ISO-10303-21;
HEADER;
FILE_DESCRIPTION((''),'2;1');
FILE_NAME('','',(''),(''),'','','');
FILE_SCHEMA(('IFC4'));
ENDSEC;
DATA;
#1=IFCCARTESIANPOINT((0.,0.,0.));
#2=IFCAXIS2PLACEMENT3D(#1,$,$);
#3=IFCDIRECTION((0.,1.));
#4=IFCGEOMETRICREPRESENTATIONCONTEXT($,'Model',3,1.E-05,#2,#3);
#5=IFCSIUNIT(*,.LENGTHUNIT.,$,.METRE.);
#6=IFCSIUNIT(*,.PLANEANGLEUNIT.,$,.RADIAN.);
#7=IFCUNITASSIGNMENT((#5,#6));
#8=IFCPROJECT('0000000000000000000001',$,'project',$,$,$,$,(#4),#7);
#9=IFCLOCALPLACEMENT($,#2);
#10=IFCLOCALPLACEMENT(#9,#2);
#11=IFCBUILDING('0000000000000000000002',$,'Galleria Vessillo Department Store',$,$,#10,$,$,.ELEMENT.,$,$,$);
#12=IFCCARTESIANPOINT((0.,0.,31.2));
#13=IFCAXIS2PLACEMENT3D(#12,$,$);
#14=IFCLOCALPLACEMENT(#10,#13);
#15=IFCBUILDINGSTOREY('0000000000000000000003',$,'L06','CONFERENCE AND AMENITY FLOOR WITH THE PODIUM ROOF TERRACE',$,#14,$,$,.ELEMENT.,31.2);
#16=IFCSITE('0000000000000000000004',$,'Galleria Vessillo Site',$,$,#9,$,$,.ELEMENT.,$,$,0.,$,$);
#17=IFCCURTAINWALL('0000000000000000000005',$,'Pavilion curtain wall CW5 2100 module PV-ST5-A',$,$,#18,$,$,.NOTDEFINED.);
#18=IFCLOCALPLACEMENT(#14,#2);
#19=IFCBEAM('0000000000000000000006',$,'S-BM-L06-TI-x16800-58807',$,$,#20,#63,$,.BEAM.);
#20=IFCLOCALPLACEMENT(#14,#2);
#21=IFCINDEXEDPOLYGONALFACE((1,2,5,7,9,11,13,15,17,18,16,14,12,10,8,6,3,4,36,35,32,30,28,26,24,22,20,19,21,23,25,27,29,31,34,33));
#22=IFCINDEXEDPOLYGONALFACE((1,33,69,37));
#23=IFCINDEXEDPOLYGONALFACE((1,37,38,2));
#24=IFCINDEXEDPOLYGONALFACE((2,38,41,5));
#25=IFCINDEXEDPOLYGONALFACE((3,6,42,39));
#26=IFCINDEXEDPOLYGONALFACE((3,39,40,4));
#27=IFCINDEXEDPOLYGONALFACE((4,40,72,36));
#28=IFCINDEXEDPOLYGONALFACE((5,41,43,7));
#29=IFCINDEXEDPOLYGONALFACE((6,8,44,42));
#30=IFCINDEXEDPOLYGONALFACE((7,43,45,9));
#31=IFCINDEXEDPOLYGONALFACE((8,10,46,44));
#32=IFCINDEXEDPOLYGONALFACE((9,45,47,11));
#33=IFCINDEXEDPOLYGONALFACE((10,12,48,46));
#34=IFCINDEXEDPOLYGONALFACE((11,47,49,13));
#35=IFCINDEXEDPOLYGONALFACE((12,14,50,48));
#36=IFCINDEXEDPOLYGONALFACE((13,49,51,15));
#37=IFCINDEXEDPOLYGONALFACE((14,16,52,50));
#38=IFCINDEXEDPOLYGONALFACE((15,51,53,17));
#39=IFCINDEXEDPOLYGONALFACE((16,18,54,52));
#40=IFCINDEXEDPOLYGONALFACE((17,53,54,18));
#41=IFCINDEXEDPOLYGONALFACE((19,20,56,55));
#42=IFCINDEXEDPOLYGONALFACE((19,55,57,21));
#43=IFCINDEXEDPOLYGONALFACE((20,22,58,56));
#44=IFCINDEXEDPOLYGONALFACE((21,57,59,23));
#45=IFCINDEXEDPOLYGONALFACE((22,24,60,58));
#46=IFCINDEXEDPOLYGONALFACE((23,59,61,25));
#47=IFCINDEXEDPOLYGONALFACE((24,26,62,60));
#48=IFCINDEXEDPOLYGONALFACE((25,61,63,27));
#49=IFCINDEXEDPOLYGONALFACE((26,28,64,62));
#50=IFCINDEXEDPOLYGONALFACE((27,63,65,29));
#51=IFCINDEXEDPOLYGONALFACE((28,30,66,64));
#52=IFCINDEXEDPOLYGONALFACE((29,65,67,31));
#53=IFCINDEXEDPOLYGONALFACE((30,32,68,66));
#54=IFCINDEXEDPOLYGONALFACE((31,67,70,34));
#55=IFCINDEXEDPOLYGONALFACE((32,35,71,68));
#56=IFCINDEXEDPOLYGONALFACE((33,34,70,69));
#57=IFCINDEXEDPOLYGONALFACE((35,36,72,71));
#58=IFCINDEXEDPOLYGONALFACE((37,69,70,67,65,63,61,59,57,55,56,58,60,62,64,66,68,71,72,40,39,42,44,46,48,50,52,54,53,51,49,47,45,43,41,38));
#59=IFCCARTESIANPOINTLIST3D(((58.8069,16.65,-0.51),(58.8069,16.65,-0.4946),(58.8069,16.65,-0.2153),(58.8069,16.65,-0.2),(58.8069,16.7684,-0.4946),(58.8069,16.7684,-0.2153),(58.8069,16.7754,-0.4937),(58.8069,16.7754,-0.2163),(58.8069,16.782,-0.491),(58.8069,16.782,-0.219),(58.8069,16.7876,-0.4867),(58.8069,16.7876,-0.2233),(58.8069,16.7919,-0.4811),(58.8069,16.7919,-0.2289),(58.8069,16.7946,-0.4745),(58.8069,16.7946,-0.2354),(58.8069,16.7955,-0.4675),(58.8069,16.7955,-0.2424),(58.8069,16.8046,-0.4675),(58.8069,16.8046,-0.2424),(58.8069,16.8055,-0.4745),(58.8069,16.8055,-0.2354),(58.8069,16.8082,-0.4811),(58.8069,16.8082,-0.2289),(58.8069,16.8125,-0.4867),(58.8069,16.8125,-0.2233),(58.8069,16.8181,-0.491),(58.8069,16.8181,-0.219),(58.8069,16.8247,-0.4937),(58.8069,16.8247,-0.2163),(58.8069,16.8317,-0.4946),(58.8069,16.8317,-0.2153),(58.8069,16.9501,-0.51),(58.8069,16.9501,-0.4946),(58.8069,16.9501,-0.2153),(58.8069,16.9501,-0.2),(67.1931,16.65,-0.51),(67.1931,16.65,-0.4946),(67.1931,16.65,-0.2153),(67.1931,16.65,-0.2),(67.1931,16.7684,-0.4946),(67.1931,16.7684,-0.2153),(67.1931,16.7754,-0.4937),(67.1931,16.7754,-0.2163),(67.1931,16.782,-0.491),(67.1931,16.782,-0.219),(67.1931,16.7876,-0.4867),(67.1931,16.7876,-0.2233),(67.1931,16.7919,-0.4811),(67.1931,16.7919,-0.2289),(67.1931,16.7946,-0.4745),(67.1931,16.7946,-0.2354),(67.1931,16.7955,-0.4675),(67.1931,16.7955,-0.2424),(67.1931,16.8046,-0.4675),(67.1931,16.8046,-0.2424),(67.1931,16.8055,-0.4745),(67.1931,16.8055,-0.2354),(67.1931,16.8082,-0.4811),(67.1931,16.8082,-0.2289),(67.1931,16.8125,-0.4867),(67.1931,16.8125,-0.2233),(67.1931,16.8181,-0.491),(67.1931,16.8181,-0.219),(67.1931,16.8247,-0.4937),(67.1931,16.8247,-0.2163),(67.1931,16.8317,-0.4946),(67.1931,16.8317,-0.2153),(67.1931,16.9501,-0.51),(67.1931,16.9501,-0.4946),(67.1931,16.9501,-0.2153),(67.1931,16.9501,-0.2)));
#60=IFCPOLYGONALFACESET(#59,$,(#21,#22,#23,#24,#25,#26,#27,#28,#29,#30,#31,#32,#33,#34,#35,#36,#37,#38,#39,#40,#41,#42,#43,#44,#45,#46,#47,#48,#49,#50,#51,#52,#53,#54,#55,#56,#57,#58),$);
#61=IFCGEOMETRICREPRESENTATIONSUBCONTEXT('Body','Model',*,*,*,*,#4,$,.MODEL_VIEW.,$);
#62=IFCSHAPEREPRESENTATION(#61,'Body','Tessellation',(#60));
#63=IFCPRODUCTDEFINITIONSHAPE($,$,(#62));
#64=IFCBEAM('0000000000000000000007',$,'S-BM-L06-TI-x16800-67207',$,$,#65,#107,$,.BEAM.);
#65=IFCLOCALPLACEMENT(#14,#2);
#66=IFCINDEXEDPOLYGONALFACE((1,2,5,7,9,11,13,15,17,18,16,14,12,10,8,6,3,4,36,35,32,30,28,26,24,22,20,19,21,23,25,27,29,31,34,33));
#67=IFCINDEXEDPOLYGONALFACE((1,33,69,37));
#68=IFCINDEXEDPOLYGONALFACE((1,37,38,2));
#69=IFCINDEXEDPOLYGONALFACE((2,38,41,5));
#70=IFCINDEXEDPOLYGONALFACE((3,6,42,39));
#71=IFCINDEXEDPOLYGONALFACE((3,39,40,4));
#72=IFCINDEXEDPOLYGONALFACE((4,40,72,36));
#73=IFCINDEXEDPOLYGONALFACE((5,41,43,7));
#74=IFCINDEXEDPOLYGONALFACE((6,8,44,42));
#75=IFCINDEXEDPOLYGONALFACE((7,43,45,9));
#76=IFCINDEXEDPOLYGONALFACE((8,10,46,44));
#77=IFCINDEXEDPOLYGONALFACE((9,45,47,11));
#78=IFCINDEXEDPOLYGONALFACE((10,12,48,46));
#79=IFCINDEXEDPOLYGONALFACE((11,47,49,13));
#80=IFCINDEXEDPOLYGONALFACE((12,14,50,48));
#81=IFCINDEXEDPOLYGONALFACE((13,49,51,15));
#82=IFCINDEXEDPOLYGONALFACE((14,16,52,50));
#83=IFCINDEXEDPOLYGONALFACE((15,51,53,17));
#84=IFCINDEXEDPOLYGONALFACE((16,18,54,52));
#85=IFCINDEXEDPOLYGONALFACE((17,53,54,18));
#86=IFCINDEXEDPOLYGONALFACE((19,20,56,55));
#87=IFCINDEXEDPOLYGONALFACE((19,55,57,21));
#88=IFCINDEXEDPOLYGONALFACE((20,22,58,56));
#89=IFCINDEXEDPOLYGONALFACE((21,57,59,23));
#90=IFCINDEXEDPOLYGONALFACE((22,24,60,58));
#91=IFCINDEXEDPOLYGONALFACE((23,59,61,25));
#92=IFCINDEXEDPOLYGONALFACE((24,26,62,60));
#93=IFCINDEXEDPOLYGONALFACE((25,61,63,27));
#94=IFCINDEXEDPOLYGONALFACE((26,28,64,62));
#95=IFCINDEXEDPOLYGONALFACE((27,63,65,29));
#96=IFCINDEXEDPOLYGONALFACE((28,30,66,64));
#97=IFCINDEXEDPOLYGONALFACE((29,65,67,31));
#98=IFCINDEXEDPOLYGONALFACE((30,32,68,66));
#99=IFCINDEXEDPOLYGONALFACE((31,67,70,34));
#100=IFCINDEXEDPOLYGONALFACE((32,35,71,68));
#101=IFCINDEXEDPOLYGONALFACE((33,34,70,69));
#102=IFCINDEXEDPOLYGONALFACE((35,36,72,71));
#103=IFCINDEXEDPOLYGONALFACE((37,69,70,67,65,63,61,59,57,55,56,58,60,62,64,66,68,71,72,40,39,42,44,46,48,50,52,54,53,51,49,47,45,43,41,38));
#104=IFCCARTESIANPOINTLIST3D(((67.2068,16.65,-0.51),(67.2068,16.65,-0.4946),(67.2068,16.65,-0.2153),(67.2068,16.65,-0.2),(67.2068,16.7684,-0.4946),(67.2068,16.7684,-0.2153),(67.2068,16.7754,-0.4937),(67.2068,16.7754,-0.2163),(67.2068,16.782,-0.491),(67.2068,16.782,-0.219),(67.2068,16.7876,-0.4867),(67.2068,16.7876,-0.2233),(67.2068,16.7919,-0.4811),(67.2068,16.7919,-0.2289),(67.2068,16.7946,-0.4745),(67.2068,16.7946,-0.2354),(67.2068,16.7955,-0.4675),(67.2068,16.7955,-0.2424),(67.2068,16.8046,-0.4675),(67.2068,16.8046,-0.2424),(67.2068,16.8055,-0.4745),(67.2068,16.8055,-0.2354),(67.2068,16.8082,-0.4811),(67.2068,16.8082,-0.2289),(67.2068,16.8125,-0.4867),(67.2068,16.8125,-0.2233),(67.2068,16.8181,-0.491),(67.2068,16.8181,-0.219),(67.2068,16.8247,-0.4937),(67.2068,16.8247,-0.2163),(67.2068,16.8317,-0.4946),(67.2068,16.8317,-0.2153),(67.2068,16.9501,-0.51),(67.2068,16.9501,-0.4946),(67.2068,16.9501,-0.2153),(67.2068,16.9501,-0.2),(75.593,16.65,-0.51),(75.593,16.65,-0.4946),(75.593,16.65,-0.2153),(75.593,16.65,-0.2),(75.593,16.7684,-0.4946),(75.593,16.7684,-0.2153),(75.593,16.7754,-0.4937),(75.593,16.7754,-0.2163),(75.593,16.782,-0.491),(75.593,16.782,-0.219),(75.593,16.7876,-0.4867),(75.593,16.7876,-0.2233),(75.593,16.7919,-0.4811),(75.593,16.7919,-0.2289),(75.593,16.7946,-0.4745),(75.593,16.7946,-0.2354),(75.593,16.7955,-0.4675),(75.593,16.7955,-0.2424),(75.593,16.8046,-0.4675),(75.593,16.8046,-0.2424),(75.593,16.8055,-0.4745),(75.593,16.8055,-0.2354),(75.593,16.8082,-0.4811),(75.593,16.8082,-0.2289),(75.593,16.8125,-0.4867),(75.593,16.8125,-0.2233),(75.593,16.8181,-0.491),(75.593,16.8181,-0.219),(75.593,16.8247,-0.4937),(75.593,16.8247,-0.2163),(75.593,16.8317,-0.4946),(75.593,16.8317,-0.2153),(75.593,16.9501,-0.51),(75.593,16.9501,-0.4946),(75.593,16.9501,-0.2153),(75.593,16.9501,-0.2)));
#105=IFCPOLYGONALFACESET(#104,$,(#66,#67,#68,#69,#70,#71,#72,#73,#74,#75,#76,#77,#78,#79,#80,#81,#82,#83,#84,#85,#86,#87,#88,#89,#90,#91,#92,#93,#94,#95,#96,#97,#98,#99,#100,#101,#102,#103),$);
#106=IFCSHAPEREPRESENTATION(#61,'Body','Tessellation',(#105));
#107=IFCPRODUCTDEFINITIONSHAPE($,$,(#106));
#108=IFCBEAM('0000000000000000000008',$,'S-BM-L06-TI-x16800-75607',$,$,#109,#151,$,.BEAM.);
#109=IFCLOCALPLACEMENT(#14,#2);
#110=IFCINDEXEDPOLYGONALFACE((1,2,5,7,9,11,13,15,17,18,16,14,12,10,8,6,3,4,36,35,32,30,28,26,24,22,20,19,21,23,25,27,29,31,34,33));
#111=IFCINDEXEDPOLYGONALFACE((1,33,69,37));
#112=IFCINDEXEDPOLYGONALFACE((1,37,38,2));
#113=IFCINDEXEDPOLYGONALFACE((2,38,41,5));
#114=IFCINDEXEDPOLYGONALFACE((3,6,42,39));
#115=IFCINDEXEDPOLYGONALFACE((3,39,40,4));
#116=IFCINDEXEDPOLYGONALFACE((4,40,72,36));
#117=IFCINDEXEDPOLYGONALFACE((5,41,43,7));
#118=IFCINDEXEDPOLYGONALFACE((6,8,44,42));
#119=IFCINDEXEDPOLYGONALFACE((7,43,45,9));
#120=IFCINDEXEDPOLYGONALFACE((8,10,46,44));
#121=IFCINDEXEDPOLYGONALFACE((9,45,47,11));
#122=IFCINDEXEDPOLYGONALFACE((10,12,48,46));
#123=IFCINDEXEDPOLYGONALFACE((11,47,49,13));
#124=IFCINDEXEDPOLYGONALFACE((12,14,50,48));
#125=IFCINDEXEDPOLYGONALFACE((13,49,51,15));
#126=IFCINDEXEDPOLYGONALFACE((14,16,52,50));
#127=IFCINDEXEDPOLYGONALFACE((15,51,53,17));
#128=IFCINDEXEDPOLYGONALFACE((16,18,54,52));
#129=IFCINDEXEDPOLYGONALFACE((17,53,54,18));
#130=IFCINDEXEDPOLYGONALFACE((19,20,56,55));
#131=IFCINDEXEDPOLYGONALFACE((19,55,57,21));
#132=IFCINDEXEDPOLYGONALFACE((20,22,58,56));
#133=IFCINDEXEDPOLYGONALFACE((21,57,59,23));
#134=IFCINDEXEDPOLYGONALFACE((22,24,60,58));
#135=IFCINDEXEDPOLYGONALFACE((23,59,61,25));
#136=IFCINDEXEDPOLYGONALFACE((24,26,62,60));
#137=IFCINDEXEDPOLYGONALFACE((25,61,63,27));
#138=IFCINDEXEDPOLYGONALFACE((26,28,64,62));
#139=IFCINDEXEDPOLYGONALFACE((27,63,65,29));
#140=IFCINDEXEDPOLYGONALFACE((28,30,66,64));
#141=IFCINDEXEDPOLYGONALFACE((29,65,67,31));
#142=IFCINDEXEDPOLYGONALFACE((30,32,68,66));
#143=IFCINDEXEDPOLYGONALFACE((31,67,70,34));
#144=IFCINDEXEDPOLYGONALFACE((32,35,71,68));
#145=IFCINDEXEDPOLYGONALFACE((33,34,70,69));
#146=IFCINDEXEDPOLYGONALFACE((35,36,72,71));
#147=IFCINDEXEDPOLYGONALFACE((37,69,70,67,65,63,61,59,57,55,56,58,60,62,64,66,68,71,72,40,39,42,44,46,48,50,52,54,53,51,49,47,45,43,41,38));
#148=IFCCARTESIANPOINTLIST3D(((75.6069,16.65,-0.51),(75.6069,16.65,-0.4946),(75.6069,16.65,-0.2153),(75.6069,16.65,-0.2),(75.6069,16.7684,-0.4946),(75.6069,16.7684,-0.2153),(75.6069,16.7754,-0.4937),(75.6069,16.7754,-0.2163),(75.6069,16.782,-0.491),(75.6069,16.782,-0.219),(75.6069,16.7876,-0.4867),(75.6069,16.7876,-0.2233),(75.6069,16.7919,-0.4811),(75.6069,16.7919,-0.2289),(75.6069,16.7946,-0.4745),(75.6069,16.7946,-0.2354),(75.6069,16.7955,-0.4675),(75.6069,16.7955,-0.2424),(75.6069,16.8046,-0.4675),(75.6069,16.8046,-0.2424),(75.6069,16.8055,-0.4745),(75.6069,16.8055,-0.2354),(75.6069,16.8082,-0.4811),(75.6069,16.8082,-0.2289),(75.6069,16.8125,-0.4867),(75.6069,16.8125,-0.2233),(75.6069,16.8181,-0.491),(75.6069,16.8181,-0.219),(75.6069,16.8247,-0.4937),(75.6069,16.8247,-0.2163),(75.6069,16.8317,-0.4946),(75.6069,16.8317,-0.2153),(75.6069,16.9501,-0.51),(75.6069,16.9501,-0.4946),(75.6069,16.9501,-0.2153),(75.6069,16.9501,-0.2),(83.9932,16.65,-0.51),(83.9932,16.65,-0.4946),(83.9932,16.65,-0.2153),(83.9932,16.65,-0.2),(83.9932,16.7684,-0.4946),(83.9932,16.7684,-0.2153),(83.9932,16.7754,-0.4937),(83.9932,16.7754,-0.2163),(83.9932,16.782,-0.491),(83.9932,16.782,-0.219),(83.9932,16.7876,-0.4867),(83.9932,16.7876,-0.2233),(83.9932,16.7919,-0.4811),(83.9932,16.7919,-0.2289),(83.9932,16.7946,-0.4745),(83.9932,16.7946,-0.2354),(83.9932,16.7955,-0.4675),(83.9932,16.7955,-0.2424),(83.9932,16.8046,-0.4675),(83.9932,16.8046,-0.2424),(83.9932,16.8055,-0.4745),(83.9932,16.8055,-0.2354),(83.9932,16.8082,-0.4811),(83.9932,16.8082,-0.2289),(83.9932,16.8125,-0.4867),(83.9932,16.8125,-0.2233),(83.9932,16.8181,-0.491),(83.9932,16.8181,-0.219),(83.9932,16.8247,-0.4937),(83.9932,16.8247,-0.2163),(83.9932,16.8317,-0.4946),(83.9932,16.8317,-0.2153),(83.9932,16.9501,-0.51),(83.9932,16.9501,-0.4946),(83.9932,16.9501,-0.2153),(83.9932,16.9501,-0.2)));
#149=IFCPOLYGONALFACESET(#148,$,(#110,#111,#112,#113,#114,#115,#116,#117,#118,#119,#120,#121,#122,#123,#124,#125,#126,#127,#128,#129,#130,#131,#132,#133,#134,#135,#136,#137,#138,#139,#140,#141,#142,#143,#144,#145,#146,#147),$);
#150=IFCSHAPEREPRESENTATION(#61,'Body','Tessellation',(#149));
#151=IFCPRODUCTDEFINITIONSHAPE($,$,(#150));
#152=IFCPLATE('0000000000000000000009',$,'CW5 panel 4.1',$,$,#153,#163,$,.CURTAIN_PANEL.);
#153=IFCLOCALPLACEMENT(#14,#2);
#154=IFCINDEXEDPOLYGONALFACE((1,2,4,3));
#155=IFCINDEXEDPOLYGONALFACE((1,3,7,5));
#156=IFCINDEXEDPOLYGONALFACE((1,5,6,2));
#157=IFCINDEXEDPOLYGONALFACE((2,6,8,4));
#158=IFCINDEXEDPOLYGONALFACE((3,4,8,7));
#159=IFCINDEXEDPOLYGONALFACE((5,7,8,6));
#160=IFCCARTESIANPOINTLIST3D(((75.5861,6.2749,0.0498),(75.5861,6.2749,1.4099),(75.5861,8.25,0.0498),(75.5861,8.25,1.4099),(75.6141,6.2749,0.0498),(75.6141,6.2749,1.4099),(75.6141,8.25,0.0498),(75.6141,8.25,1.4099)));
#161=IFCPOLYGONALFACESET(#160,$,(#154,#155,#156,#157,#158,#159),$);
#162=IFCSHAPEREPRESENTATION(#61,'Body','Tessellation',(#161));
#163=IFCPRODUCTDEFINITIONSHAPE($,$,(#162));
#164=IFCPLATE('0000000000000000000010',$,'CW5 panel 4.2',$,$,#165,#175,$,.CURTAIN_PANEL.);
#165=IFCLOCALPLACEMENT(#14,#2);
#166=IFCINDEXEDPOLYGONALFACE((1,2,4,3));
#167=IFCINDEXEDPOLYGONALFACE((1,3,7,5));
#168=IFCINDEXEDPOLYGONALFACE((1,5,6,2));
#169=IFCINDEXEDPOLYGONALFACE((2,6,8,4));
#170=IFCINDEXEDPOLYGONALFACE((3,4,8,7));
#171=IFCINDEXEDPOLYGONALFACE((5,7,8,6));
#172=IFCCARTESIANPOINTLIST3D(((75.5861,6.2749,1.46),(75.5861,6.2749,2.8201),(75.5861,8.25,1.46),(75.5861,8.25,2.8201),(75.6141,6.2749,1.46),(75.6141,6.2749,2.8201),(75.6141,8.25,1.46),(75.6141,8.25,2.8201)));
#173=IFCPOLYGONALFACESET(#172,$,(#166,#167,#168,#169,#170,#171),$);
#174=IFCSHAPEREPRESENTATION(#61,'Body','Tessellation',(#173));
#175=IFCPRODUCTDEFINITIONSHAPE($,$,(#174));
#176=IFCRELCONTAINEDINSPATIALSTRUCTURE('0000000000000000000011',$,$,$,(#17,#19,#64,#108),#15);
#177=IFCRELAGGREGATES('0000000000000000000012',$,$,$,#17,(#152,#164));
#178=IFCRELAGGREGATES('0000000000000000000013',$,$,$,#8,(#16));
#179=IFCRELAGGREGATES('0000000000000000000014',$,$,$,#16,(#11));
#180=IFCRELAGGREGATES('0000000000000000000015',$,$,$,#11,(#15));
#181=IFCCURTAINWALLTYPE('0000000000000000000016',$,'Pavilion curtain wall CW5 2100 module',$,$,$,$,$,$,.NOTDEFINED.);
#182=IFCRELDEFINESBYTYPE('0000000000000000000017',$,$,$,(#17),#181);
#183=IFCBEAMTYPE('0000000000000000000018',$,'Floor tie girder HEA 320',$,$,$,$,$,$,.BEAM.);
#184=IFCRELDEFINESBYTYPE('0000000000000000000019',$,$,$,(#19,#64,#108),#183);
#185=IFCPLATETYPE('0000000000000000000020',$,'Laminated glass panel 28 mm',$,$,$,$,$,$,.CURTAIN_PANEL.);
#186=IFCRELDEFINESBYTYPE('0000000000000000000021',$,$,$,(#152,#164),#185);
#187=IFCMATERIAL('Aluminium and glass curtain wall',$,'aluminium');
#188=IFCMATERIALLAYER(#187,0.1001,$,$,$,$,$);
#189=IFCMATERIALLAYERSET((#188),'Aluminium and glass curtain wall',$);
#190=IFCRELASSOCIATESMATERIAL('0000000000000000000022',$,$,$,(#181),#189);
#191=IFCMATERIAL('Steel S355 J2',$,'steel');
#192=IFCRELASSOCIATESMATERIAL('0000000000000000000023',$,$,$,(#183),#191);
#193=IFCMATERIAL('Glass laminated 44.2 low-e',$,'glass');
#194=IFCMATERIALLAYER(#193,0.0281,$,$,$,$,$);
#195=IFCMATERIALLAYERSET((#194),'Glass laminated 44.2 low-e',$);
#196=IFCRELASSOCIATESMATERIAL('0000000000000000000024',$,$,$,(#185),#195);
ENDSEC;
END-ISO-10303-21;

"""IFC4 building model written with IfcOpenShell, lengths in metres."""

from ifc_helpers import new_model, si_unit, direction, frame, origin, origin_2d, place, context, subcontext, project, spatial, rectangle, i_section, extrude, material, layer, layer_set, material_profile, profile_set, type_object, element, aggregate, save


model = new_model("IFC4")

# Units and contexts
model_context = context("Model", 3, precision=1e-05, world=origin(), true_north=direction((0.0, 1.0)))
body_context = subcontext(model_context, "Body", "Model", "MODEL_VIEW")
ifc_project = project(units=[si_unit("LENGTHUNIT", "METRE"), si_unit("PLANEANGLEUNIT", "RADIAN")], contexts=[model_context])

# Site, building, storey
site_placement = place(None, origin())
site = spatial("IfcSite", under=ifc_project, at=site_placement, Name="Galleria Vessillo Site", CompositionType="ELEMENT", RefElevation=0.0)
building_placement = place(site_placement, origin())
building = spatial("IfcBuilding", under=site, at=building_placement, Name="Galleria Vessillo Department Store", CompositionType="ELEMENT")
storey_placement = place(building_placement, frame((0.0, 0.0, 31.2)))
storey = spatial("IfcBuildingStorey", under=building, at=storey_placement, Name="L06", Description="CONFERENCE AND AMENITY FLOOR WITH THE PODIUM ROOF TERRACE", CompositionType="ELEMENT", Elevation=31.2)

# Curtain wall
ifc_material_1 = material(Name="Aluminium and glass curtain wall", Category="aluminium")
ifc_layer_1 = layer(ifc_material_1, 0.1001)
ifc_layer_set_1 = layer_set([ifc_layer_1], Name="Aluminium and glass curtain wall")
curtain_wall_type = type_object("IfcCurtainWallType", Name="Pavilion curtain wall CW5 2100 module", PredefinedType="NOTDEFINED", material=ifc_layer_set_1)
curtain_wall_placement = place(storey_placement, origin())
curtain_wall = element("IfcCurtainWall", 1, at=curtain_wall_placement, inside=storey, type_object=curtain_wall_type, Name="Pavilion curtain wall CW5 2100 module PV-ST5-A", PredefinedType="NOTDEFINED")

# Beams
ifc_material_2 = material(Name="Steel S355 J2", Category="steel")
ifc_material_profile_1 = material_profile(ifc_material_2, i_section(OverallWidth=0.3, OverallDepth=0.3101, WebThickness=0.009, FlangeThickness=0.0154, FilletRadius=0.0271, at=origin_2d()), Name="HEA 320")
ifc_profile_set_1 = profile_set([ifc_material_profile_1], Name="Steel S355 J2")
beam_type_1 = type_object("IfcBeamType", Name="Floor tie girder HEA 320", PredefinedType="BEAM", material=ifc_profile_set_1)
for number, where, z_axis, x_axis, name in (
    (2, (58.8069, 16.8, -0.355), (1.0, 0.0, 0.0), (0.0, 1.0, 0.0), "S-BM-L06-TI-x16800-58807"),
    (3, (67.2068, 16.8, -0.355), (1.0, 0.0, 0.0), (0.0, 1.0, 0.0), "S-BM-L06-TI-x16800-67207"),
    (4, (75.6069, 16.8, -0.355), (1.0, 0.0, 0.0), (0.0, 1.0, 0.0), "S-BM-L06-TI-x16800-75607"),
):
    element("IfcBeam", number, at=place(storey_placement, frame(where, z_axis=z_axis, x_axis=x_axis)), inside=storey, type_object=beam_type_1, Name=name, PredefinedType="BEAM", context=body_context, shape_type="SweptSolid", body=[
        extrude(i_section(OverallWidth=0.3, OverallDepth=0.3101, WebThickness=0.009, FlangeThickness=0.0154, FilletRadius=0.0271, at=origin_2d()), origin(), (0.0, 0.0, 1.0), 8.3862),
    ])

# Plates
ifc_material_3 = material(Name="Glass laminated 44.2 low-e", Category="glass")
ifc_layer_2 = layer(ifc_material_3, 0.0281)
ifc_layer_set_2 = layer_set([ifc_layer_2], Name="Glass laminated 44.2 low-e")
plate_type = type_object("IfcPlateType", Name="Laminated glass panel 28 mm", PredefinedType="CURTAIN_PANEL", material=ifc_layer_set_2)
plate_1_placement = place(storey_placement, frame((75.6001, 7.2625, 0.0498), z_axis=(0.0, 0.0, 1.0), x_axis=(0.0, 1.0, 0.0)))
plate_1 = element("IfcPlate", 5, at=plate_1_placement, type_object=plate_type, Name="CW5 panel 4.1", PredefinedType="CURTAIN_PANEL", context=body_context, shape_type="SweptSolid", body=[
    extrude(rectangle(XDim=1.9751, YDim=0.0281, at=origin_2d()), origin(), (0.0, 0.0, 1.0), 1.3601),
])
plate_2_placement = place(storey_placement, frame((75.6001, 7.2625, 1.46), z_axis=(0.0, 0.0, 1.0), x_axis=(0.0, 1.0, 0.0)))
plate_2 = element("IfcPlate", 6, at=plate_2_placement, type_object=plate_type, Name="CW5 panel 4.2", PredefinedType="CURTAIN_PANEL", context=body_context, shape_type="SweptSolid", body=[
    extrude(rectangle(XDim=1.9751, YDim=0.0281, at=origin_2d()), origin(), (0.0, 0.0, 1.0), 1.3601),
])
aggregate(curtain_wall, [plate_1, plate_2])

save(model, "model.ifc")
